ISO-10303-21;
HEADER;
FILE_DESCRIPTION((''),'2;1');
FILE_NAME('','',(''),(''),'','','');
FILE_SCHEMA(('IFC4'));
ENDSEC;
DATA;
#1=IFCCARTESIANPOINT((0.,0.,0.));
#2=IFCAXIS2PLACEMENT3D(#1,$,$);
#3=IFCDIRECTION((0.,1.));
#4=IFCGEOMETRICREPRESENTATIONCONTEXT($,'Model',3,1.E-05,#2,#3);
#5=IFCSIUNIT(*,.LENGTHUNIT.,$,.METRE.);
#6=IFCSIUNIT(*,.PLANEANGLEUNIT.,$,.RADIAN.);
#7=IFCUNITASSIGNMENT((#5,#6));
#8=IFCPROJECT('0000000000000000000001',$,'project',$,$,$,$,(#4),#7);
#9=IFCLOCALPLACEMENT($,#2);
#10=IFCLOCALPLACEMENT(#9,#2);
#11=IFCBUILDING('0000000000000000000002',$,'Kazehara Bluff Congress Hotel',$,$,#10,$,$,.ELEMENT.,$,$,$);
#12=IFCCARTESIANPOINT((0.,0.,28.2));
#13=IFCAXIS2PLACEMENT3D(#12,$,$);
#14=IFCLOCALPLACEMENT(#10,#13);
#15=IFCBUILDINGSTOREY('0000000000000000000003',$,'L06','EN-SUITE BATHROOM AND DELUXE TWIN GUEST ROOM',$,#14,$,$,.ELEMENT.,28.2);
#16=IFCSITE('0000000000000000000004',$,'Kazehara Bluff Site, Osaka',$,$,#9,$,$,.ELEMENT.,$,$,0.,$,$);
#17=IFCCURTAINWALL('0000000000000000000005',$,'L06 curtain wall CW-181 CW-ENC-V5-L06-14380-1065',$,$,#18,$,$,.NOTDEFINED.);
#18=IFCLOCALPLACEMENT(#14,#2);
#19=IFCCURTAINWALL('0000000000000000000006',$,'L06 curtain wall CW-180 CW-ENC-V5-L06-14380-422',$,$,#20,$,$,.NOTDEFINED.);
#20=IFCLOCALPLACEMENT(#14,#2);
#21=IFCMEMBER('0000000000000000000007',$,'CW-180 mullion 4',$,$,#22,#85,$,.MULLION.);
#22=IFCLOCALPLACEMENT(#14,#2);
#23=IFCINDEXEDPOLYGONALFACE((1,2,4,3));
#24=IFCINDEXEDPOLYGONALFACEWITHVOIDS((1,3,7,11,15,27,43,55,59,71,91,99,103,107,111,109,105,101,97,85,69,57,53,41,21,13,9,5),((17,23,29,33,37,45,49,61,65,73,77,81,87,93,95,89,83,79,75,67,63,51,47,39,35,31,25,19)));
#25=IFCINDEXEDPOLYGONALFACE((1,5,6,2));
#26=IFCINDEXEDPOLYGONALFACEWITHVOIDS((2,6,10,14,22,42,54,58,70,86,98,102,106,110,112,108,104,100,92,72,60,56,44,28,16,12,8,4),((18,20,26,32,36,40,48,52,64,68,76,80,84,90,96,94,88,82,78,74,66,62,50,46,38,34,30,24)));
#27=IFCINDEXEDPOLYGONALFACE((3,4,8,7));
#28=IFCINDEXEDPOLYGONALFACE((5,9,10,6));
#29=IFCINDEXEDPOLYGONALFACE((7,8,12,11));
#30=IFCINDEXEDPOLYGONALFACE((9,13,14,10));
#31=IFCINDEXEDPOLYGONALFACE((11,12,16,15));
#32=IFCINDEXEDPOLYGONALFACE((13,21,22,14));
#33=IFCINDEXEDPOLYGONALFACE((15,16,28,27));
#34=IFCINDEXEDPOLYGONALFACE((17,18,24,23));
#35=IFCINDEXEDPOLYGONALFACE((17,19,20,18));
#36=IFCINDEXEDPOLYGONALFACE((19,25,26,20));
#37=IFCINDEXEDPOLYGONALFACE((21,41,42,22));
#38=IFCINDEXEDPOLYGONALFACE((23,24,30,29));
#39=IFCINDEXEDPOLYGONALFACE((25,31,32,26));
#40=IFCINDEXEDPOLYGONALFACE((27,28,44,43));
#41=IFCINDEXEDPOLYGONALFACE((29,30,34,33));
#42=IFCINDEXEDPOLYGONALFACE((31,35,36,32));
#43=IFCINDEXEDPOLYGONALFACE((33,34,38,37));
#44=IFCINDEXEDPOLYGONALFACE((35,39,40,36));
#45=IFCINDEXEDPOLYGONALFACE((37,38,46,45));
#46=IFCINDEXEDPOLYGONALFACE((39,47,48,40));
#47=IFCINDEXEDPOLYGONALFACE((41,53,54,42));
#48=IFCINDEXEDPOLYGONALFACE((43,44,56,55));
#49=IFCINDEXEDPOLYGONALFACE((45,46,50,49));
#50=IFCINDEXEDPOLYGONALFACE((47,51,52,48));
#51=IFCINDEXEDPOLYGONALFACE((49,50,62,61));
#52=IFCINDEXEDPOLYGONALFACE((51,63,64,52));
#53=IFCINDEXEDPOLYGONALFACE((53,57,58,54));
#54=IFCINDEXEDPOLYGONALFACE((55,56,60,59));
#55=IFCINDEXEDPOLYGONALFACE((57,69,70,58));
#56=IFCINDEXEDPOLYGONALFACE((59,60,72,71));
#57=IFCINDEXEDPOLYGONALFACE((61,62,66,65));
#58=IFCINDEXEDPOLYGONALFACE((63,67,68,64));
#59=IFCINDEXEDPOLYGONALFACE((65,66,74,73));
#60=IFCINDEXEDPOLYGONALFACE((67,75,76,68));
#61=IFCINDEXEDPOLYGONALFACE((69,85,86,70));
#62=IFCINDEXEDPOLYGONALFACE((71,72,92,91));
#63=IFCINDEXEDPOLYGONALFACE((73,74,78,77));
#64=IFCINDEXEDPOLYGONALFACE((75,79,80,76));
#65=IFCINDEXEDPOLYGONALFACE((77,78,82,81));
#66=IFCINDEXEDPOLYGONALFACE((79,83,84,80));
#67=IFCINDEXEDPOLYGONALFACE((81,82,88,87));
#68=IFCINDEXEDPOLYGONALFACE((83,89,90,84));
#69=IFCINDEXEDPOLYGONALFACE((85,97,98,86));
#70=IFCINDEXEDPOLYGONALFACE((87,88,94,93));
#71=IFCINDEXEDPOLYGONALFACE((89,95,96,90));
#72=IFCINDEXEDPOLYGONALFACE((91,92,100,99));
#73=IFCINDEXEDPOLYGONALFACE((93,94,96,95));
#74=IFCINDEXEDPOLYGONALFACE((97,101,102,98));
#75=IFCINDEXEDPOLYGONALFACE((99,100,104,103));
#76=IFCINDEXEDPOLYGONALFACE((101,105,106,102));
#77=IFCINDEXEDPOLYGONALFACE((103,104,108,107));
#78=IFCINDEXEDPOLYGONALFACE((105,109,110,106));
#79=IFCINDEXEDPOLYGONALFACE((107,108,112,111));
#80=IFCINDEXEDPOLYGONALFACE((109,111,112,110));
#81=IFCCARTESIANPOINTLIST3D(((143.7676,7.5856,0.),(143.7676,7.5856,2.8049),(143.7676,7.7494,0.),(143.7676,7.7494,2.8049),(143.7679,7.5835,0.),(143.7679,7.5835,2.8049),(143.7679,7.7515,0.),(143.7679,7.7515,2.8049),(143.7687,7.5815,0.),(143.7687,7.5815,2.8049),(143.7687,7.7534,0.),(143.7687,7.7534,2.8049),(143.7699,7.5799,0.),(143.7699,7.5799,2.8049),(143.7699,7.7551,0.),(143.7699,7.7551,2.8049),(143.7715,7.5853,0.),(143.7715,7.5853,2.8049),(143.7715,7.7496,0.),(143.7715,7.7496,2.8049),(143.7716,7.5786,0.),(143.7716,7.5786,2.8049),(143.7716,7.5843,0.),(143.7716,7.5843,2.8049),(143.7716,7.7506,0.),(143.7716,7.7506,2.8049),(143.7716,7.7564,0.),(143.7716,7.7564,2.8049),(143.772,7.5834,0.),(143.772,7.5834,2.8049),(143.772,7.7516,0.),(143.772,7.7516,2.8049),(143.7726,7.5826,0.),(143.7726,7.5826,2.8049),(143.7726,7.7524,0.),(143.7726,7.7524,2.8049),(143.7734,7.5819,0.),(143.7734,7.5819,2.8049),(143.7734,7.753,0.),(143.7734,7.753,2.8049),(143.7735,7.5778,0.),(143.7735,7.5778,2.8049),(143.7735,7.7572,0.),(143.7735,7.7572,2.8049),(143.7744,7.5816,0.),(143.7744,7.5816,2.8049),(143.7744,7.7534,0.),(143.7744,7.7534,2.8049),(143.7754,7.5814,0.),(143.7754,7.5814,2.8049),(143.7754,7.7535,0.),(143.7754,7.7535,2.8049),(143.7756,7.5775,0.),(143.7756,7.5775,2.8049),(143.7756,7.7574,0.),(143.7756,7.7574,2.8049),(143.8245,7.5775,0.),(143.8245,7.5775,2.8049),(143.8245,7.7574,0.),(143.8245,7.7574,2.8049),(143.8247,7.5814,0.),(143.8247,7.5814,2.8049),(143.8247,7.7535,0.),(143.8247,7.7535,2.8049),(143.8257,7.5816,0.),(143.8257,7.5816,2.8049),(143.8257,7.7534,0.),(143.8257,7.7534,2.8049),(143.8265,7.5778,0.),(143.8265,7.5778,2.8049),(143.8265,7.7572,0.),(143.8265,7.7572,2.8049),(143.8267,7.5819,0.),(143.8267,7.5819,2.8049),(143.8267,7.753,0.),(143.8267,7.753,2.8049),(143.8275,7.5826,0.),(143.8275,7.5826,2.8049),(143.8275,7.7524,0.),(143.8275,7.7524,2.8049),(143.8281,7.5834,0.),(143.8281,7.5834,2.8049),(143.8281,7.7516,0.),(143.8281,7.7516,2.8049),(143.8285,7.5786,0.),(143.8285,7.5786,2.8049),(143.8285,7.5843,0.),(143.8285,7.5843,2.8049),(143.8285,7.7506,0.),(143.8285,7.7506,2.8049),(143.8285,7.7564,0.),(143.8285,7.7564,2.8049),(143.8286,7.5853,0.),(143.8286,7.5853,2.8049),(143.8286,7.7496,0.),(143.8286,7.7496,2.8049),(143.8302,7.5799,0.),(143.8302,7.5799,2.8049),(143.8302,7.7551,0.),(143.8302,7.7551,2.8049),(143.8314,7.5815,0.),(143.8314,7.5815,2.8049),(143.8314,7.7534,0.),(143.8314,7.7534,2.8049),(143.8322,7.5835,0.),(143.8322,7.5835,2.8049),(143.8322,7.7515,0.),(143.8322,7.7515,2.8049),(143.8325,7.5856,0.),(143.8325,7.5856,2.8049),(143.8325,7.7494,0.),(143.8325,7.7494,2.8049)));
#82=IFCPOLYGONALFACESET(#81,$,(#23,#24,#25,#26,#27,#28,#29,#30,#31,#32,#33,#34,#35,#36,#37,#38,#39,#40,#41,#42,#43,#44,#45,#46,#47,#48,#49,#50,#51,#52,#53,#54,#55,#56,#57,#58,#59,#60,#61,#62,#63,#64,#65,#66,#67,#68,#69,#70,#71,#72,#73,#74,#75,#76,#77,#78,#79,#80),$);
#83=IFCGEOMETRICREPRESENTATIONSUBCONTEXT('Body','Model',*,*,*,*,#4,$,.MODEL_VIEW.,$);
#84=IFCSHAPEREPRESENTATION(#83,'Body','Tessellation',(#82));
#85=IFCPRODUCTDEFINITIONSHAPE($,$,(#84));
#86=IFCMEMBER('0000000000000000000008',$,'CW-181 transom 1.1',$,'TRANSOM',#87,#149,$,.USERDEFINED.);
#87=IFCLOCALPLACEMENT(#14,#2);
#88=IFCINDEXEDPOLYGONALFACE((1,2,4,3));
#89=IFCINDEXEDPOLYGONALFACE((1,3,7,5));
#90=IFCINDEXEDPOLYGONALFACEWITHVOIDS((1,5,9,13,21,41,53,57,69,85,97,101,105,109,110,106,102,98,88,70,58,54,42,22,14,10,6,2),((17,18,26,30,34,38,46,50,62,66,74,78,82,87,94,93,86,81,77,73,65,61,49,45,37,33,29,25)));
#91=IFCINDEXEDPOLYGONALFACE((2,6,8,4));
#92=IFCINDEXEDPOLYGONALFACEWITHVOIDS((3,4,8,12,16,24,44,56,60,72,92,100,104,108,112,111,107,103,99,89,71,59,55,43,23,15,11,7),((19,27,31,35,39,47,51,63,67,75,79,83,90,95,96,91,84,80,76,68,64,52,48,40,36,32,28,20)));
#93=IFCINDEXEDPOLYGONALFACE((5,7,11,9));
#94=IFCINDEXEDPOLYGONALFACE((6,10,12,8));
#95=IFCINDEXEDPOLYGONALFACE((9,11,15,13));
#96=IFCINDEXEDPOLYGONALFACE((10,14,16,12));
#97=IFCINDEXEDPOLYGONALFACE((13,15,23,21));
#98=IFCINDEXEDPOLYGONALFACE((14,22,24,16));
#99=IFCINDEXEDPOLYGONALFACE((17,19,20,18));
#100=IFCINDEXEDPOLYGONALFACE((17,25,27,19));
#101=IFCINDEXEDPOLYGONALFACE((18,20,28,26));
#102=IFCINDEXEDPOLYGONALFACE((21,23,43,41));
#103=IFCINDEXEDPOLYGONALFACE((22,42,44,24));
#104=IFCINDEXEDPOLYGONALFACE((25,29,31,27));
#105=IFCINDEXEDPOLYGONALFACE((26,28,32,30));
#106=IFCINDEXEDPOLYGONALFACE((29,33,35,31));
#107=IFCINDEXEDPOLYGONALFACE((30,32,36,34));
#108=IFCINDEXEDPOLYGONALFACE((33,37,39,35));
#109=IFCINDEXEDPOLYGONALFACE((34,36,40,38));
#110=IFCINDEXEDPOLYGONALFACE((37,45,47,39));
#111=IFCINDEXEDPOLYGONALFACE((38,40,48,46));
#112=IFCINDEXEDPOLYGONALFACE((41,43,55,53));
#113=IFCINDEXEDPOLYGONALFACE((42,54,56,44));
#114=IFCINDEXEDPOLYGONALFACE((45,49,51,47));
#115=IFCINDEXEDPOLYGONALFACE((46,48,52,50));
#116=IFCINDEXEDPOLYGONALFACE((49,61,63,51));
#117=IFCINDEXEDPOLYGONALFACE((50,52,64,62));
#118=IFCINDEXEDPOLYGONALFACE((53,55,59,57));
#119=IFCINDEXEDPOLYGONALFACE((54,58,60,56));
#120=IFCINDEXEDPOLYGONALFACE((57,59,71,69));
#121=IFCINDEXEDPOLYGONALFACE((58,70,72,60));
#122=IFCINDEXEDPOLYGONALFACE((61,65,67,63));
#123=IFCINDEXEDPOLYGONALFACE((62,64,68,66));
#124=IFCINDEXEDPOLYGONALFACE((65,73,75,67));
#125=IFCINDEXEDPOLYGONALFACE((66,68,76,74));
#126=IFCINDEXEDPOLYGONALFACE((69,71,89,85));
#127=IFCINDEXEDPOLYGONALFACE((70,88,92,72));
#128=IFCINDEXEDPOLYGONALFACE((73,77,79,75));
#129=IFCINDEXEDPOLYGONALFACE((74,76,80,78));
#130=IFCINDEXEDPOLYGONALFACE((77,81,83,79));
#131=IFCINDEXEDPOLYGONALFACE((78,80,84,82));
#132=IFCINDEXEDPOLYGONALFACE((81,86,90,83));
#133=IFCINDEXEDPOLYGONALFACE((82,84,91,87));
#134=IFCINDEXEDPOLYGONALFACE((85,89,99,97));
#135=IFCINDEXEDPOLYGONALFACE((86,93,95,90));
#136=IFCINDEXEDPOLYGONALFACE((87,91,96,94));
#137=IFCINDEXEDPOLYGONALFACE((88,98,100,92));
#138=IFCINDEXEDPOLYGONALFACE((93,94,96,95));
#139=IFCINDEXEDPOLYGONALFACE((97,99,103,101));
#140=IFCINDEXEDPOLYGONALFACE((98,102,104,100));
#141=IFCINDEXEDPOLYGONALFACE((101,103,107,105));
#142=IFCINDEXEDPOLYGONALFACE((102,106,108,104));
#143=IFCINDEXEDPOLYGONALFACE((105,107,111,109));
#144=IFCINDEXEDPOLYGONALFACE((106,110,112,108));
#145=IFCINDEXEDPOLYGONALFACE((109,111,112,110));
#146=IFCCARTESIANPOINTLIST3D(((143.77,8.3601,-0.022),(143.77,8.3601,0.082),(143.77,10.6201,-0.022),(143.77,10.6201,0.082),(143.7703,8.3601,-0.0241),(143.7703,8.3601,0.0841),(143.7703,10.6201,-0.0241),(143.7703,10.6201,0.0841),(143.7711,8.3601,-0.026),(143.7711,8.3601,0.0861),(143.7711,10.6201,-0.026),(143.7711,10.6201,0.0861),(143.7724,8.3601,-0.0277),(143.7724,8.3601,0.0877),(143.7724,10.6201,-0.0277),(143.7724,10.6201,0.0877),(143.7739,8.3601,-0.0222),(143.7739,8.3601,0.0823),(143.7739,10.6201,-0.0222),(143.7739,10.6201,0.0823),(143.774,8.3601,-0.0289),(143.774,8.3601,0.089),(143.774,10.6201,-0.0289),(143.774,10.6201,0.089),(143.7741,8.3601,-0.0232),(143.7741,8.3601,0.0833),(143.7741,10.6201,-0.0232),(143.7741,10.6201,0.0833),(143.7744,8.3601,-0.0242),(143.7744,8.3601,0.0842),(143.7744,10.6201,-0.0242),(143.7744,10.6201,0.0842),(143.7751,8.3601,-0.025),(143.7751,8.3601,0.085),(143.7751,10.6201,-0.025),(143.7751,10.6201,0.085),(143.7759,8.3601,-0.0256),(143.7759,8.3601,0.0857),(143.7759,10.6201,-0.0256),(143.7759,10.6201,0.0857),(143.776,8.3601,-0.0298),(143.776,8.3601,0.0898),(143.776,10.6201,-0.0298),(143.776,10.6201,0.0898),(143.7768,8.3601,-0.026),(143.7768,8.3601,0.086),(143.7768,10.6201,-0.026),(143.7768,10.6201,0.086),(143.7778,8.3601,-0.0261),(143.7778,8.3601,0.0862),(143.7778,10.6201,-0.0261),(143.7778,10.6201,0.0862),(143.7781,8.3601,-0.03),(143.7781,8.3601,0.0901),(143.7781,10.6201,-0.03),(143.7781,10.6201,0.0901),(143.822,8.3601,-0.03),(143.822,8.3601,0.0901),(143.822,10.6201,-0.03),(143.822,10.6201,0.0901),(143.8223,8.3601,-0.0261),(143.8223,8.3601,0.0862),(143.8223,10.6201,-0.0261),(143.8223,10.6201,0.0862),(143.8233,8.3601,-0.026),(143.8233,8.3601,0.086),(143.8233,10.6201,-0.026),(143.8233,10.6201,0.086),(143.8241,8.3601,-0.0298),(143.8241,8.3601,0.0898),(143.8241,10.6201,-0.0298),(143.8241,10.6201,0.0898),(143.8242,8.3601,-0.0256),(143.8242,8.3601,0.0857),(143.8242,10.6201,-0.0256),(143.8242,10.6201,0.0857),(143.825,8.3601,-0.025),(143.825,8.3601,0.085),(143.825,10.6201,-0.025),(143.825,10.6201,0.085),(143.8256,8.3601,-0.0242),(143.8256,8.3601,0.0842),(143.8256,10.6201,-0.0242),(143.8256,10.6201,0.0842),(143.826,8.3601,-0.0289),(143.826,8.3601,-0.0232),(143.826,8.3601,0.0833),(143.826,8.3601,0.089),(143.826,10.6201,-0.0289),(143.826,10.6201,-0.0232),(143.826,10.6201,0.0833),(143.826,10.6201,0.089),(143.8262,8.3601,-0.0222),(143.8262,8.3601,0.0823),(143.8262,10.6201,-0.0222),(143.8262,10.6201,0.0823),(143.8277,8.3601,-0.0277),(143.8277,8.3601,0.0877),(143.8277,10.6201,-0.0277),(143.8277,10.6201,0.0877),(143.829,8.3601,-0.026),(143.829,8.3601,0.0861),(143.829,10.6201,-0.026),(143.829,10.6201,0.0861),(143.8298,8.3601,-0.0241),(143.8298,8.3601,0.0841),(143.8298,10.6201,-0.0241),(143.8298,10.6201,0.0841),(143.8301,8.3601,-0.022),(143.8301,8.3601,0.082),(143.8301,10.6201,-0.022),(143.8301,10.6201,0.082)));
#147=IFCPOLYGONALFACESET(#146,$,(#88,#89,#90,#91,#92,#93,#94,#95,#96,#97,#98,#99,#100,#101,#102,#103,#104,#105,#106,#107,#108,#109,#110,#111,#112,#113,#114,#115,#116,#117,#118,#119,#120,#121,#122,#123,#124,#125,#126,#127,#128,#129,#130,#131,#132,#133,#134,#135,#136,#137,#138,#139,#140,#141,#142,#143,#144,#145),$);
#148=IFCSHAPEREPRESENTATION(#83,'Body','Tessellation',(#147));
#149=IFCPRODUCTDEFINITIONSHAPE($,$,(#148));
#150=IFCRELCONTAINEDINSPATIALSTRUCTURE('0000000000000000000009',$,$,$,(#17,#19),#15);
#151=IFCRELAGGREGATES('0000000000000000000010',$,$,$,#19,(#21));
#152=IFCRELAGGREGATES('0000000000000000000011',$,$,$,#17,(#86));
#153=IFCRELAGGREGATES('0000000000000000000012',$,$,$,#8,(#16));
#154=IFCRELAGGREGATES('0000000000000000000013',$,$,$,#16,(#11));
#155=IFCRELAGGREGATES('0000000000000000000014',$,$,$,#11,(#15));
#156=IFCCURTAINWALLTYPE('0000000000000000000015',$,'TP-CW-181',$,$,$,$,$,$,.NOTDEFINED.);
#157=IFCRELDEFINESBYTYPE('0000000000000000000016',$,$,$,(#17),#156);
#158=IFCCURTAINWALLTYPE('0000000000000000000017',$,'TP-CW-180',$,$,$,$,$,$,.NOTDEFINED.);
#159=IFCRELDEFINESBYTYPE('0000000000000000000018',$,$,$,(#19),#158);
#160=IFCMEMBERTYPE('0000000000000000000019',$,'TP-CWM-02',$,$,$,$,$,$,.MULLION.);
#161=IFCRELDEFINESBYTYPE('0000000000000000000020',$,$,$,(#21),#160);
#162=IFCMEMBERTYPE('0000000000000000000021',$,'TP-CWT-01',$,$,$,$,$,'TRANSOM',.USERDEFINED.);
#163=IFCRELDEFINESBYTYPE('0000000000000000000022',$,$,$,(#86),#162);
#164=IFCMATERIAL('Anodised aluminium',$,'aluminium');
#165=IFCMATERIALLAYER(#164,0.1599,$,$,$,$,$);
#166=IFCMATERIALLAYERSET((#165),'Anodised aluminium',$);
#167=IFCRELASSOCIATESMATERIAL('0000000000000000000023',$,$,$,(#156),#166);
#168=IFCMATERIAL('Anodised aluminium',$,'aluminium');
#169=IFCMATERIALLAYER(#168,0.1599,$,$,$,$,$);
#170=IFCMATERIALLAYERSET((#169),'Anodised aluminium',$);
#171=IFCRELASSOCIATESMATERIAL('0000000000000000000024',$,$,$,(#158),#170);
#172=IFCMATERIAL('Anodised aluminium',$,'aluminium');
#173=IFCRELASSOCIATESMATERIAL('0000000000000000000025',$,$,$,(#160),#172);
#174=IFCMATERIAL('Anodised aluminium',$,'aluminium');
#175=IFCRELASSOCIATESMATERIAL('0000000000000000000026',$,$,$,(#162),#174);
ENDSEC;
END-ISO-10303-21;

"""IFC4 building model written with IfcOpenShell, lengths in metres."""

from ifc_helpers import new_model, si_unit, direction, frame, origin, origin_2d, place, context, subcontext, project, spatial, hollow_rectangle, extrude, material, layer, layer_set, material_profile, profile_set, type_object, element, aggregate, save


model = new_model("IFC4")

# Units and contexts
model_context = context("Model", 3, precision=1e-05, world=origin(), true_north=direction((0.0, 1.0)))
body_context = subcontext(model_context, "Body", "Model", "MODEL_VIEW")
ifc_project = project(units=[si_unit("LENGTHUNIT", "METRE"), si_unit("PLANEANGLEUNIT", "RADIAN")], contexts=[model_context])

# Site, building, storey
site_placement = place(None, origin())
site = spatial("IfcSite", under=ifc_project, at=site_placement, Name="Kazehara Bluff Site, Osaka", CompositionType="ELEMENT", RefElevation=0.0)
building_placement = place(site_placement, origin())
building = spatial("IfcBuilding", under=site, at=building_placement, Name="Kazehara Bluff Congress Hotel", CompositionType="ELEMENT")
storey_placement = place(building_placement, frame((0.0, 0.0, 28.2)))
storey = spatial("IfcBuildingStorey", under=building, at=storey_placement, Name="L06", Description="EN-SUITE BATHROOM AND DELUXE TWIN GUEST ROOM", CompositionType="ELEMENT", Elevation=28.2)

# Curtain wall
ifc_material_1 = material(Name="Anodised aluminium", Category="aluminium")
ifc_layer_1 = layer(ifc_material_1, 0.1599)
ifc_layer_set_1 = layer_set([ifc_layer_1], Name="Anodised aluminium")
curtain_wall_type_1 = type_object("IfcCurtainWallType", Name="TP-CW-181", PredefinedType="NOTDEFINED", material=ifc_layer_set_1)
curtain_wall_1_placement = place(storey_placement, origin())
curtain_wall_1 = element("IfcCurtainWall", 1, at=curtain_wall_1_placement, inside=storey, type_object=curtain_wall_type_1, Name="L06 curtain wall CW-181 CW-ENC-V5-L06-14380-1065", PredefinedType="NOTDEFINED")

# Curtain wall, member
ifc_material_2 = material(Name="Anodised aluminium", Category="aluminium")
ifc_layer_2 = layer(ifc_material_2, 0.1599)
ifc_layer_set_2 = layer_set([ifc_layer_2], Name="Anodised aluminium")
curtain_wall_type_2 = type_object("IfcCurtainWallType", Name="TP-CW-180", PredefinedType="NOTDEFINED", material=ifc_layer_set_2)
curtain_wall_2_placement = place(storey_placement, origin())
curtain_wall_2 = element("IfcCurtainWall", 2, at=curtain_wall_2_placement, inside=storey, type_object=curtain_wall_type_2, Name="L06 curtain wall CW-180 CW-ENC-V5-L06-14380-422", PredefinedType="NOTDEFINED")
ifc_material_3 = material(Name="Anodised aluminium", Category="aluminium")
ifc_material_profile_1 = material_profile(ifc_material_3, hollow_rectangle(XDim=0.0649, YDim=0.1799, WallThickness=0.0039, InnerFilletRadius=0.0039, OuterFilletRadius=0.0081, at=origin_2d()))
ifc_profile_set_1 = profile_set([ifc_material_profile_1], Name="Anodised aluminium")
member_type_1 = type_object("IfcMemberType", Name="TP-CWM-02", PredefinedType="MULLION", material=ifc_profile_set_1)
member_1_placement = place(storey_placement, frame((143.8, 7.6675, 0.0), z_axis=(0.0, 0.0, 1.0), x_axis=(-1.0, 0.0, 0.0)))
member_1 = element("IfcMember", 3, at=member_1_placement, type_object=member_type_1, Name="CW-180 mullion 4", PredefinedType="MULLION", context=body_context, shape_type="SweptSolid", body=[
    extrude(hollow_rectangle(XDim=0.0649, YDim=0.1799, WallThickness=0.0039, InnerFilletRadius=0.0039, OuterFilletRadius=0.0081, at=origin_2d()), origin(), (0.0, 0.0, 1.0), 2.8049),
])

# Member
ifc_material_4 = material(Name="Anodised aluminium", Category="aluminium")
ifc_material_profile_2 = material_profile(ifc_material_4, hollow_rectangle(XDim=0.0601, YDim=0.1201, WallThickness=0.0039, InnerFilletRadius=0.0039, OuterFilletRadius=0.0081, at=origin_2d()))
ifc_profile_set_2 = profile_set([ifc_material_profile_2], Name="Anodised aluminium")
member_type_2 = type_object("IfcMemberType", Name="TP-CWT-01", ElementType="TRANSOM", PredefinedType="USERDEFINED", material=ifc_profile_set_2)
member_2_placement = place(storey_placement, frame((143.8, 8.3601, 0.03), z_axis=(0.0, 1.0, 0.0), x_axis=(-1.0, 0.0, 0.0)))
member_2 = element("IfcMember", 4, at=member_2_placement, type_object=member_type_2, Name="CW-181 transom 1.1", ObjectType="TRANSOM", PredefinedType="USERDEFINED", context=body_context, shape_type="SweptSolid", body=[
    extrude(hollow_rectangle(XDim=0.0601, YDim=0.1201, WallThickness=0.0039, InnerFilletRadius=0.0039, OuterFilletRadius=0.0081, at=origin_2d()), origin(), (0.0, 0.0, 1.0), 2.26),
])

aggregate(curtain_wall_2, [member_1])
aggregate(curtain_wall_1, [member_2])

save(model, "model.ifc")
